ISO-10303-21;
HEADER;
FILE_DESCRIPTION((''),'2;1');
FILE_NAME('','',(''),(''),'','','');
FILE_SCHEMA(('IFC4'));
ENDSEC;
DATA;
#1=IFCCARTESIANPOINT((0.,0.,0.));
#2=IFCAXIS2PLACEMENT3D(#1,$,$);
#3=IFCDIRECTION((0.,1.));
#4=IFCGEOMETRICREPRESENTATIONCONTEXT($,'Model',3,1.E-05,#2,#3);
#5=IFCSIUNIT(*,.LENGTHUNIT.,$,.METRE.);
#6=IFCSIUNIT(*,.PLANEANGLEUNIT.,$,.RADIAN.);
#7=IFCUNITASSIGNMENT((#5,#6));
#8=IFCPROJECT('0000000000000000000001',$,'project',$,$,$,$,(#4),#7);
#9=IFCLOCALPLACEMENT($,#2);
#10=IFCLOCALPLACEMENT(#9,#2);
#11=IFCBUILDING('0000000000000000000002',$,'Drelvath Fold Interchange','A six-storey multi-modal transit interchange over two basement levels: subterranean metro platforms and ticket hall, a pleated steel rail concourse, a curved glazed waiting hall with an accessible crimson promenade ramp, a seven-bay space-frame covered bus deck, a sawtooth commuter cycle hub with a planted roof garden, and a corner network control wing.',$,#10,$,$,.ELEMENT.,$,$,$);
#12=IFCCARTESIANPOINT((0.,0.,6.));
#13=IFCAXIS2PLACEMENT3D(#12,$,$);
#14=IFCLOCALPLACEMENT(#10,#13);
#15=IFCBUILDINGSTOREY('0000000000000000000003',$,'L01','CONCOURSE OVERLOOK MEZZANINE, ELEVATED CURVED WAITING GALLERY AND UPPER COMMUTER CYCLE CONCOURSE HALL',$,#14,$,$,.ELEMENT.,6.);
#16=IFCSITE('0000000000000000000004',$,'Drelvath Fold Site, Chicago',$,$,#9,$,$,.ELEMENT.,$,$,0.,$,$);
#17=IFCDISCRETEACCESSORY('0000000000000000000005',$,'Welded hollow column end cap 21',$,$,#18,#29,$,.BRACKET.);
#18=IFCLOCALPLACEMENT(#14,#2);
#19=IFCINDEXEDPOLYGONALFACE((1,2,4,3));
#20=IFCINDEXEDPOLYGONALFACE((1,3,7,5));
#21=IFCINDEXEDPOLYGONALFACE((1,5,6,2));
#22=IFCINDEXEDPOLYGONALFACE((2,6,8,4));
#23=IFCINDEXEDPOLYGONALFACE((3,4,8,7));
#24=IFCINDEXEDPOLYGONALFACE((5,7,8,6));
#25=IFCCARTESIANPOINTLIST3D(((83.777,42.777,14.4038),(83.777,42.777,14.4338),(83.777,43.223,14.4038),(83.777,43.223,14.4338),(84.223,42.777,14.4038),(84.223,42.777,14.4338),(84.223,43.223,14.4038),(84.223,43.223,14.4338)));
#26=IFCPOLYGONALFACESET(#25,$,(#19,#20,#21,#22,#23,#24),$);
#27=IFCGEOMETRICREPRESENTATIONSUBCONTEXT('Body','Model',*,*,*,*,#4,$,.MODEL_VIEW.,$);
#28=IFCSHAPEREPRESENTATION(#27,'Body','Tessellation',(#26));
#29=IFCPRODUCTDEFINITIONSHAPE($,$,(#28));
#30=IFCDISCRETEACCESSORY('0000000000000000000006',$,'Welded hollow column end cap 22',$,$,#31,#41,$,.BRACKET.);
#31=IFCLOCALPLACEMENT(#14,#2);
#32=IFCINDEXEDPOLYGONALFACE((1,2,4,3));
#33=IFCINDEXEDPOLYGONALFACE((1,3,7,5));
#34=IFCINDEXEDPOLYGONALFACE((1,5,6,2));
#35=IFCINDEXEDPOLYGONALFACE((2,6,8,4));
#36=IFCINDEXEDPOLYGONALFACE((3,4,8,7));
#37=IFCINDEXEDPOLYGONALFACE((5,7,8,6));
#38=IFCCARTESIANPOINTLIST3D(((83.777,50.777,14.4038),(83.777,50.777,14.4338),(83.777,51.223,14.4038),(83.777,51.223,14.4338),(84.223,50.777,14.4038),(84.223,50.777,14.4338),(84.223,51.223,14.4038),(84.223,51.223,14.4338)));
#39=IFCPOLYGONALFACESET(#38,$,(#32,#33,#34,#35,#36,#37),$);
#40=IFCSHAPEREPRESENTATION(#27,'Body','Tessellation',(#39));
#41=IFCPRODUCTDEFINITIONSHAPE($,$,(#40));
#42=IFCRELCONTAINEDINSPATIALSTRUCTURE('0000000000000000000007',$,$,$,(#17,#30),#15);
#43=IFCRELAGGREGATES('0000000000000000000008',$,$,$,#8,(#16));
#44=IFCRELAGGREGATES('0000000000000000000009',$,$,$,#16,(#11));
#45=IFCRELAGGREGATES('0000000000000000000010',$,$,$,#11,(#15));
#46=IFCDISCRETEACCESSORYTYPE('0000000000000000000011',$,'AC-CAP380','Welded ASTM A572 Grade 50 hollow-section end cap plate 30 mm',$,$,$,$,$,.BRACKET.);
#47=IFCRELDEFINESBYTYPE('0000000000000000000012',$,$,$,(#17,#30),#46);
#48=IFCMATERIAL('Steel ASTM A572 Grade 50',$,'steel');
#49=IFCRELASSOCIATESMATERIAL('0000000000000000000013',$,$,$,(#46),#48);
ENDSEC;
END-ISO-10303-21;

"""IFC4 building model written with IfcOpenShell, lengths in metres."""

from ifc_helpers import new_model, si_unit, direction, frame, origin, origin_2d, place, context, subcontext, project, spatial, rectangle, extrude, material, type_object, element, save


model = new_model("IFC4")

# Units and contexts
model_context = context("Model", 3, precision=1e-05, world=origin(), true_north=direction((0.0, 1.0)))
body_context = subcontext(model_context, "Body", "Model", "MODEL_VIEW")
ifc_project = project(units=[si_unit("LENGTHUNIT", "METRE"), si_unit("PLANEANGLEUNIT", "RADIAN")], contexts=[model_context])

# Site, building, storey
site_placement = place(None, origin())
site = spatial("IfcSite", under=ifc_project, at=site_placement, Name="Drelvath Fold Site, Chicago", CompositionType="ELEMENT", RefElevation=0.0)
building_placement = place(site_placement, origin())
building = spatial("IfcBuilding", under=site, at=building_placement, Name="Drelvath Fold Interchange", Description="A six-storey multi-modal transit interchange over two basement levels: subterranean metro platforms and ticket hall, a pleated steel rail concourse, a curved glazed waiting hall with an accessible crimson promenade ramp, a seven-bay space-frame covered bus deck, a sawtooth commuter cycle hub with a planted roof garden, and a corner network control wing.", CompositionType="ELEMENT")
storey_placement = place(building_placement, frame((0.0, 0.0, 6.0)))
storey = spatial("IfcBuildingStorey", under=building, at=storey_placement, Name="L01", Description="CONCOURSE OVERLOOK MEZZANINE, ELEVATED CURVED WAITING GALLERY AND UPPER COMMUTER CYCLE CONCOURSE HALL", CompositionType="ELEMENT", Elevation=6.0)

# Discrete accessories
ifc_material_1 = material(Name="Steel ASTM A572 Grade 50", Category="steel")
discrete_accessory_type = type_object("IfcDiscreteAccessoryType", Name="AC-CAP380", Description="Welded ASTM A572 Grade 50 hollow-section end cap plate 30 mm", PredefinedType="BRACKET", material=ifc_material_1)
for number, where, z_axis, x_axis, name in (
    (1, (84.0, 43.0, 14.4038), (0.0, 0.0, 1.0), (1.0, 0.0, 0.0), "Welded hollow column end cap 21"),
    (2, (84.0, 51.0, 14.4038), (0.0, 0.0, 1.0), (1.0, 0.0, 0.0), "Welded hollow column end cap 22"),
):
    element("IfcDiscreteAccessory", number, at=place(storey_placement, frame(where, z_axis=z_axis, x_axis=x_axis)), inside=storey, type_object=discrete_accessory_type, Name=name, PredefinedType="BRACKET", context=body_context, shape_type="SweptSolid", body=[
        extrude(rectangle(XDim=0.446, YDim=0.446, at=origin_2d()), origin(), (0.0, 0.0, 1.0), 0.03),
    ])

save(model, "model.ifc")
